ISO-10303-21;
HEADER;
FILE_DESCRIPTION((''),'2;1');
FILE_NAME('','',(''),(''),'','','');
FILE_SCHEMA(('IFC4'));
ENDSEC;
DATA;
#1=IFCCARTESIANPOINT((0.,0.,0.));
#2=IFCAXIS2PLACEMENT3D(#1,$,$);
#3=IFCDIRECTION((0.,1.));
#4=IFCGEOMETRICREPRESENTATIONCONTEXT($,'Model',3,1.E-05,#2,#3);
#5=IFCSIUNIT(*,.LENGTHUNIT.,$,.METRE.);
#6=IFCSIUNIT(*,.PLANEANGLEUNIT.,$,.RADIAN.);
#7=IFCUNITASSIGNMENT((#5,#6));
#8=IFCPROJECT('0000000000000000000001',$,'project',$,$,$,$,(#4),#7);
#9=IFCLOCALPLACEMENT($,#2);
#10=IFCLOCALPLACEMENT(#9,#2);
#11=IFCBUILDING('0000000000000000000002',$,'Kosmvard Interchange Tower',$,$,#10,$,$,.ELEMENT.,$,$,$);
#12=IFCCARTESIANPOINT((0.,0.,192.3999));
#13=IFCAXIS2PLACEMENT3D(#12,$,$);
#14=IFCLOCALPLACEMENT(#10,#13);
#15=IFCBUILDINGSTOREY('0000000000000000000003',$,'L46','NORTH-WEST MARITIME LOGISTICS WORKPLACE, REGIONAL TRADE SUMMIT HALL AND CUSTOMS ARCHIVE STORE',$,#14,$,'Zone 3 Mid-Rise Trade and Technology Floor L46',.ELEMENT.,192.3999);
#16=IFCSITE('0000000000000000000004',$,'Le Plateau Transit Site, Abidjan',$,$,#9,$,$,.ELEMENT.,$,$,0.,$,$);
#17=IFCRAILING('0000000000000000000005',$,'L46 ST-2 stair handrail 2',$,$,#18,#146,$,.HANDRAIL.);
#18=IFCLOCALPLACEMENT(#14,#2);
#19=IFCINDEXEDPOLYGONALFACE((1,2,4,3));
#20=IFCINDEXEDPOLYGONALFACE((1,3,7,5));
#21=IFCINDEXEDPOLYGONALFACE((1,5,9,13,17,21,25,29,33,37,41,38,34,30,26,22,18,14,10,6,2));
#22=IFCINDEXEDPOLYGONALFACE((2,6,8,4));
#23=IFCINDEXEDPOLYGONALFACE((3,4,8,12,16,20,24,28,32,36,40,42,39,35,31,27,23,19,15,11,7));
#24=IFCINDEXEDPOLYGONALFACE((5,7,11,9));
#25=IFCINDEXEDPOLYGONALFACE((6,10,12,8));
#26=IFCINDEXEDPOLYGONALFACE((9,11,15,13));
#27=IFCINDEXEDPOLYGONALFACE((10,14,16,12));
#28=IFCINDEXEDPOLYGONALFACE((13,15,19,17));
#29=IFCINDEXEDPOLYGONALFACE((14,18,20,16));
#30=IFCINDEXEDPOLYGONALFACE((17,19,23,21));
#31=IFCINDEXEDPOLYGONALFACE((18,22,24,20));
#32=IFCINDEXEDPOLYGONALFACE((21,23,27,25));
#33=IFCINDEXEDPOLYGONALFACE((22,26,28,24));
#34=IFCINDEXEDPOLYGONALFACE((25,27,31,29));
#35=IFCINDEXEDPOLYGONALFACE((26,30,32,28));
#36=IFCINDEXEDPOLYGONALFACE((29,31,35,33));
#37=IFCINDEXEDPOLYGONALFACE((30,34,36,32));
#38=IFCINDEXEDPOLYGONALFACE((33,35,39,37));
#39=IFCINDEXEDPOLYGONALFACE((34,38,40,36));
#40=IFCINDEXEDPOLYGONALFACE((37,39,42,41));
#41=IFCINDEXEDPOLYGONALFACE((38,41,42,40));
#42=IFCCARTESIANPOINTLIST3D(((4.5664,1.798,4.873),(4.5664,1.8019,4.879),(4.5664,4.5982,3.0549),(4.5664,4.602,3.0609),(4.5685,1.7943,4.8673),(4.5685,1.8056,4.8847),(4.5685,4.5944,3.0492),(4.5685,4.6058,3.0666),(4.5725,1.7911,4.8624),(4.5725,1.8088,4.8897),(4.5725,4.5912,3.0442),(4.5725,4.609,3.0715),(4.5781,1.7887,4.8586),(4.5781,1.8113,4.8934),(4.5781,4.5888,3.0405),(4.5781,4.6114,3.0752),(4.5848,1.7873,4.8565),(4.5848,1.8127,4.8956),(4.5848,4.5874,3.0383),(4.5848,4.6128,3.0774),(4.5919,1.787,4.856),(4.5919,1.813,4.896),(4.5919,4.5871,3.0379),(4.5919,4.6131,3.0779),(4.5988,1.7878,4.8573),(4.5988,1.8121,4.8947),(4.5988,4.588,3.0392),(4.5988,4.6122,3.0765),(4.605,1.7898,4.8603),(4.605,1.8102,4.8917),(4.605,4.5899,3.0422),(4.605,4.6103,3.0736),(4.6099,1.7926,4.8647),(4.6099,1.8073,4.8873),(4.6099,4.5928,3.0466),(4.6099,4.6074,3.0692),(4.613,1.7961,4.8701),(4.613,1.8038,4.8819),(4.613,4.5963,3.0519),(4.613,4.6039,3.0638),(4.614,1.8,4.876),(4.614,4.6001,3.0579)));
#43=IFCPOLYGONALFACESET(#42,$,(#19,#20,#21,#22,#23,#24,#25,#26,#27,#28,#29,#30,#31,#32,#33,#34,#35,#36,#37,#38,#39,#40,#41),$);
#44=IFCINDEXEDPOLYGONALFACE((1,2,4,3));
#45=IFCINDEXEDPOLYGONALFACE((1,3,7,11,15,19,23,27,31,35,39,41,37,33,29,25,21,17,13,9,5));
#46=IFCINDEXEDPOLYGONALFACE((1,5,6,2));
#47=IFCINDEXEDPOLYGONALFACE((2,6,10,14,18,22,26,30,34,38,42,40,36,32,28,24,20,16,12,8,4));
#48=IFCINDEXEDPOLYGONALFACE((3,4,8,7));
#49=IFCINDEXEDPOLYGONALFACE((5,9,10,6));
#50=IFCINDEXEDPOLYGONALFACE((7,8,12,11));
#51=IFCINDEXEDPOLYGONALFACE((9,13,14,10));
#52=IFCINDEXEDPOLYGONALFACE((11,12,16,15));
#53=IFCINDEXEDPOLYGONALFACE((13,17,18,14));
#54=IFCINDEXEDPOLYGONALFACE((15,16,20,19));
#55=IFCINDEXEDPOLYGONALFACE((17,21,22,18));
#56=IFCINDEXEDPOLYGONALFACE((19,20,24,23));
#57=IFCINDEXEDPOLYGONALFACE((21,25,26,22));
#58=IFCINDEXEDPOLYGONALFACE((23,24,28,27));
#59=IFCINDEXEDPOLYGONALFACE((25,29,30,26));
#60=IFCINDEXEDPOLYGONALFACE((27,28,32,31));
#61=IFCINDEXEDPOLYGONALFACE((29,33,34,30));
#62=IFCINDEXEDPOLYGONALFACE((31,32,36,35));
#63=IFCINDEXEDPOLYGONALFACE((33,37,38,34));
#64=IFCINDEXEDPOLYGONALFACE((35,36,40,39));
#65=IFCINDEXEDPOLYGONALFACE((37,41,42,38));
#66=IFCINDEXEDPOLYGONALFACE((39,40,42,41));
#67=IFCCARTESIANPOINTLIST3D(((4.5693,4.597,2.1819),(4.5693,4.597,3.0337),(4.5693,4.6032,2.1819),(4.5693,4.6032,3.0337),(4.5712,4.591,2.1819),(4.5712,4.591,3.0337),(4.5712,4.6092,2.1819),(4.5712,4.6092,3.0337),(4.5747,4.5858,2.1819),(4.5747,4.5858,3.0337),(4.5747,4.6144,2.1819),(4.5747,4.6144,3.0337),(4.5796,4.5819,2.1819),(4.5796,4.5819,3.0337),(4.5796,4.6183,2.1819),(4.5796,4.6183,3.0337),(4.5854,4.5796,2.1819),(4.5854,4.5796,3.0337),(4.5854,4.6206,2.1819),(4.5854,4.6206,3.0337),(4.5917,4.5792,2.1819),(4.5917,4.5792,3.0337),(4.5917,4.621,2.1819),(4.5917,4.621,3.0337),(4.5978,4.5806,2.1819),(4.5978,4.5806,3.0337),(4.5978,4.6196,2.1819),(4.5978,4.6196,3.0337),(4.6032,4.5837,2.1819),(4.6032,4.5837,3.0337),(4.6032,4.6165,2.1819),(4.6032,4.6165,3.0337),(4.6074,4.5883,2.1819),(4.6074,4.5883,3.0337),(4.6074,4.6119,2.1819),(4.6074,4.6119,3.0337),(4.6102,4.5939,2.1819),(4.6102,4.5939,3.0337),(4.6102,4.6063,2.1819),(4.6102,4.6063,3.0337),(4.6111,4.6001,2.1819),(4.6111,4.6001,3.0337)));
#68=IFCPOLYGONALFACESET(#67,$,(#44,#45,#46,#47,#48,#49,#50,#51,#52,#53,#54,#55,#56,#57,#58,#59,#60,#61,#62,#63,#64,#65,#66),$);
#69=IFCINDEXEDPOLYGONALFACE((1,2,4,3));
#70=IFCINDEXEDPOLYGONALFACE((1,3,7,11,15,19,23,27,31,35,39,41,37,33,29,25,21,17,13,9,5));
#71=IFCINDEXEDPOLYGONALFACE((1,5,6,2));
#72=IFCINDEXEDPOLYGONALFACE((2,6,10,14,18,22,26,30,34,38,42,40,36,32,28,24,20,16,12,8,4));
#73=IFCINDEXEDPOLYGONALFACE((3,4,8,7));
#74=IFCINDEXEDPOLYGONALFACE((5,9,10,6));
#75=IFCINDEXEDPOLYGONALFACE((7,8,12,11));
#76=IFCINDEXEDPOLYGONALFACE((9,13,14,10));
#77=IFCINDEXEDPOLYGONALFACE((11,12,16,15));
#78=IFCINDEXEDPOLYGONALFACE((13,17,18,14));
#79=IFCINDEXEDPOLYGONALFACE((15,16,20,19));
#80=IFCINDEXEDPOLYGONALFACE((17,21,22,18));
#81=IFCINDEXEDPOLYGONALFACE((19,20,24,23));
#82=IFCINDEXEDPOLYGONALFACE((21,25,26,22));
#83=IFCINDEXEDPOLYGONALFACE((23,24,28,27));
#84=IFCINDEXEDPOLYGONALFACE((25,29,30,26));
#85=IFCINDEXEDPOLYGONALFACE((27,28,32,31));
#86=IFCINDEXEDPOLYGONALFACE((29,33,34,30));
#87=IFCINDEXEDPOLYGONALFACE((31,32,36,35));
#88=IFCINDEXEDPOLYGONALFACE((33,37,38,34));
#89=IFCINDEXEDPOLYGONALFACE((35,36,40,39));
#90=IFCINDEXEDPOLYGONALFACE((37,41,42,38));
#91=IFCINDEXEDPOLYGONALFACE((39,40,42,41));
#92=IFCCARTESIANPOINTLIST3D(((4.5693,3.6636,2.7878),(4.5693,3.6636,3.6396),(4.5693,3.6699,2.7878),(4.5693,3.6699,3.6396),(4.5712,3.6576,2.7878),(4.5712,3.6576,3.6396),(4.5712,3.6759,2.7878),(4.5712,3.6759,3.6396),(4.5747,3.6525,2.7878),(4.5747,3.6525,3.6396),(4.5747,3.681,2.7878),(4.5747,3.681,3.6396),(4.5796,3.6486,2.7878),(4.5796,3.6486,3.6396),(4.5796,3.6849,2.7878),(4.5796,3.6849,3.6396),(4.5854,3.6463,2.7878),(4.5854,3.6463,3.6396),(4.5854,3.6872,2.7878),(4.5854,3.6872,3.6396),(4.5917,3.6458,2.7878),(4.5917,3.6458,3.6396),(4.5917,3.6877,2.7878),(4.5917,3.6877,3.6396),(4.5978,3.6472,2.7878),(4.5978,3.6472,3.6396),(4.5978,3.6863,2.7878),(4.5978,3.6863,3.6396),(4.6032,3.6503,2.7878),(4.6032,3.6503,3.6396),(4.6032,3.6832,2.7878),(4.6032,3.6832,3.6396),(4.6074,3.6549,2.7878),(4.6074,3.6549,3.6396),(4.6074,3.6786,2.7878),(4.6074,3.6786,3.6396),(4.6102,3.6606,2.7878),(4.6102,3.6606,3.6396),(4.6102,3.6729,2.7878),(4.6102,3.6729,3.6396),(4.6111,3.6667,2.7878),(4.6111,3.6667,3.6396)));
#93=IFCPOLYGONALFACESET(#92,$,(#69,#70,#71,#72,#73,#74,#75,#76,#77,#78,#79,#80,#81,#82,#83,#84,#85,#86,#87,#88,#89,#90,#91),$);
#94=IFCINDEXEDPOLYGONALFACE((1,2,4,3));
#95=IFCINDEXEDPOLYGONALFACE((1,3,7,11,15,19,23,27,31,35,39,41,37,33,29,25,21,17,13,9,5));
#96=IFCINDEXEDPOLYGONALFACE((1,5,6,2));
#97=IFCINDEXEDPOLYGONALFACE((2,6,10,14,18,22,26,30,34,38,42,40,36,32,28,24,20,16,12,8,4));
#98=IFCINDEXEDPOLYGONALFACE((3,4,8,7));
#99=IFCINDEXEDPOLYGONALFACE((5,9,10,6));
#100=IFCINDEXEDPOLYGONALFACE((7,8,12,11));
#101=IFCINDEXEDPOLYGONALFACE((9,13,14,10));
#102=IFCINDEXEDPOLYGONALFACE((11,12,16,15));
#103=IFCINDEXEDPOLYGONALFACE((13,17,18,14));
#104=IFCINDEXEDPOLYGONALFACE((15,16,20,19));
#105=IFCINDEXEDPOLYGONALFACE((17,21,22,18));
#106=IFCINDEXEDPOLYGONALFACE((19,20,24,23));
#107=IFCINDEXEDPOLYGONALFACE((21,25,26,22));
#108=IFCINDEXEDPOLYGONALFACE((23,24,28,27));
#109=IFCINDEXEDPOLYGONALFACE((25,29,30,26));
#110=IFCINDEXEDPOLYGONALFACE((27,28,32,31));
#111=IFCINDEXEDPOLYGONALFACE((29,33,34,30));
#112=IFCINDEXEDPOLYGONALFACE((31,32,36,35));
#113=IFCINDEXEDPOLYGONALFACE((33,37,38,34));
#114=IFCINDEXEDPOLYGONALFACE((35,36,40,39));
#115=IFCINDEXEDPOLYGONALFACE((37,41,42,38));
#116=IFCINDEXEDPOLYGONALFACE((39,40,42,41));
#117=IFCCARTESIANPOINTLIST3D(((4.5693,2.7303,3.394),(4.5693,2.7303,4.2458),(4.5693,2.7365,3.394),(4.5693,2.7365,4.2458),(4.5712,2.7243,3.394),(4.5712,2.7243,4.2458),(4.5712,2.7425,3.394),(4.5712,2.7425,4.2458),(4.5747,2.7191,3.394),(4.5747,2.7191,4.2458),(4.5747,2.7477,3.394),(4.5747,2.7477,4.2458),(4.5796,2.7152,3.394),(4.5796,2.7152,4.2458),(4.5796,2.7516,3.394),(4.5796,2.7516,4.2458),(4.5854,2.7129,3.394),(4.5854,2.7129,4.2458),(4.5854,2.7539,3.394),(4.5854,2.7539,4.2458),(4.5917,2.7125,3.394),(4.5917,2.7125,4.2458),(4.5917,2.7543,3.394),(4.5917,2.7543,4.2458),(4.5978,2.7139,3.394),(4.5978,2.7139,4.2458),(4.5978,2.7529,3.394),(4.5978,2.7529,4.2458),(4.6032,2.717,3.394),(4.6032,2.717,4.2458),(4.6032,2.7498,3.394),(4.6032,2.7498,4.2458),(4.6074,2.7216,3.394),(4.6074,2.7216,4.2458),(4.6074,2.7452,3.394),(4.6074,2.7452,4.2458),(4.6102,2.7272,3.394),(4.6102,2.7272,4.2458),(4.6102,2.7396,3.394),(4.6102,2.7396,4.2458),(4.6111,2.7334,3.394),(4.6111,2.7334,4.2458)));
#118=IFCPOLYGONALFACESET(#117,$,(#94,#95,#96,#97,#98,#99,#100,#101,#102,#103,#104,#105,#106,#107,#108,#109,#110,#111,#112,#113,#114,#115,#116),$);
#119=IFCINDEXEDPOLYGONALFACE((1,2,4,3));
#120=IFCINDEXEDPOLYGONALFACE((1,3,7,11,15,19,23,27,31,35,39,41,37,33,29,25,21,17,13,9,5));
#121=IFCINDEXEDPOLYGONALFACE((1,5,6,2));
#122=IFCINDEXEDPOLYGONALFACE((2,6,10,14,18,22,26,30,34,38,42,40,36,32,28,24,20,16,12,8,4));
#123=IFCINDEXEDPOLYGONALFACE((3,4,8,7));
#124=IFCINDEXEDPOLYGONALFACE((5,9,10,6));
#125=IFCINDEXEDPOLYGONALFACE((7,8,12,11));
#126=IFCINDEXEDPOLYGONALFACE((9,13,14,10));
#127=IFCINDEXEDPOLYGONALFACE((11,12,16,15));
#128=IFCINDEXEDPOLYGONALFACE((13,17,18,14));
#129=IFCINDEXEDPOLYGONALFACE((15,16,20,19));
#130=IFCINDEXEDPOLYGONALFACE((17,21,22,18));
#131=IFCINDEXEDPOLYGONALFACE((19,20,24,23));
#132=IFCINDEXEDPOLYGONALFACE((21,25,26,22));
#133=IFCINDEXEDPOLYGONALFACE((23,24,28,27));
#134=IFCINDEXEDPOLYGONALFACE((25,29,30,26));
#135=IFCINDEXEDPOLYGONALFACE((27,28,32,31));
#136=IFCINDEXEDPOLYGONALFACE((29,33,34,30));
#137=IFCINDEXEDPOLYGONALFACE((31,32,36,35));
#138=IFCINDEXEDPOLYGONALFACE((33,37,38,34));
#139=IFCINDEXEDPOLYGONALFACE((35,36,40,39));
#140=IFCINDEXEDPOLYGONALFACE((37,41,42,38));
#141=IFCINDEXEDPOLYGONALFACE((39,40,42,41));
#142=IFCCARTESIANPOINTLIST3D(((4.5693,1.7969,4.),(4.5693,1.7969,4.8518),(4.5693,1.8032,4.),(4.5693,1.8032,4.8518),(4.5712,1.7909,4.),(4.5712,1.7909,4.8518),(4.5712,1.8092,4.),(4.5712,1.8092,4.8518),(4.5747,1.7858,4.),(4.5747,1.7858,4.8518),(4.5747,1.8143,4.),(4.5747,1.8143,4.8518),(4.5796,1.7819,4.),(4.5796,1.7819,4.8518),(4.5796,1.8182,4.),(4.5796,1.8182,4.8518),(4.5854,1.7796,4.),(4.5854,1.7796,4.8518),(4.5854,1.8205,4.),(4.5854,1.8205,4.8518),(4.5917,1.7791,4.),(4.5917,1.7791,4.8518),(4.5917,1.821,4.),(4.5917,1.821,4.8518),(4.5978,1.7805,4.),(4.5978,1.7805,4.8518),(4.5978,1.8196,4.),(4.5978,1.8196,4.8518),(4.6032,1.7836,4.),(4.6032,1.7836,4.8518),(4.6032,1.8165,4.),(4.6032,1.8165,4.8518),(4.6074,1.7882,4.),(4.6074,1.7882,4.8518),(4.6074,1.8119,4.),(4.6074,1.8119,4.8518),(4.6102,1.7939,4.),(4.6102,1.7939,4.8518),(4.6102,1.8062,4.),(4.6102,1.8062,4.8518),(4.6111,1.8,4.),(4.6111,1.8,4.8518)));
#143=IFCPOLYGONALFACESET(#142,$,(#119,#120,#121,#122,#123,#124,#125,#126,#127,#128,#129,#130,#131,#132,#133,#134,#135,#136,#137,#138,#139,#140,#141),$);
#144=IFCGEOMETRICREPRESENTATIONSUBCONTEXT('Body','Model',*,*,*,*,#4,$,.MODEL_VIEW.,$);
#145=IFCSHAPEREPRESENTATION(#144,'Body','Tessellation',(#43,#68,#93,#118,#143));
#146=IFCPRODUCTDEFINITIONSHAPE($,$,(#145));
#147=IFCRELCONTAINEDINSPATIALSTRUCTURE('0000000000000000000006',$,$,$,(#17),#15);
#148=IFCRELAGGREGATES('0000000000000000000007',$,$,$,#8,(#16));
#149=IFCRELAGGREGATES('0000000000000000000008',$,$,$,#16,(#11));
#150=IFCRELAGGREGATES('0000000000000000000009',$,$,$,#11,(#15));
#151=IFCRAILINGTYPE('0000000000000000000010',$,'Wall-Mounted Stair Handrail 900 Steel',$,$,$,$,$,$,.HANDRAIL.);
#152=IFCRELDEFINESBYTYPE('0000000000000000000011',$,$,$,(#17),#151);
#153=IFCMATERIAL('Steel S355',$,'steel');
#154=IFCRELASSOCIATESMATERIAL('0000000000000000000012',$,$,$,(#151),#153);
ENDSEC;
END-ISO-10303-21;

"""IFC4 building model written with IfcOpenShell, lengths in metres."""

from ifc_helpers import new_model, si_unit, direction, frame, origin, origin_2d, place, context, subcontext, project, spatial, circle, extrude, source, transform, mapped, material, type_object, element, save


model = new_model("IFC4")

# Units and contexts
model_context = context("Model", 3, precision=1e-05, world=origin(), true_north=direction((0.0, 1.0)))
body_context = subcontext(model_context, "Body", "Model", "MODEL_VIEW")
ifc_project = project(units=[si_unit("LENGTHUNIT", "METRE"), si_unit("PLANEANGLEUNIT", "RADIAN")], contexts=[model_context])

# Site, building, storey
site_placement = place(None, origin())
site = spatial("IfcSite", under=ifc_project, at=site_placement, Name="Le Plateau Transit Site, Abidjan", CompositionType="ELEMENT", RefElevation=0.0)
building_placement = place(site_placement, origin())
building = spatial("IfcBuilding", under=site, at=building_placement, Name="Kosmvard Interchange Tower", CompositionType="ELEMENT")
storey_placement = place(building_placement, frame((0.0, 0.0, 192.3999)))
storey = spatial("IfcBuildingStorey", under=building, at=storey_placement, Name="L46", Description="NORTH-WEST MARITIME LOGISTICS WORKPLACE, REGIONAL TRADE SUMMIT HALL AND CUSTOMS ARCHIVE STORE", LongName="Zone 3 Mid-Rise Trade and Technology Floor L46", CompositionType="ELEMENT", Elevation=192.3999)

# Shared definitions
ifc_material_1 = material(Name="Steel S355", Category="steel")

# Railing
railing_type_1 = type_object("IfcRailingType", Name="Wall-Mounted Stair Handrail 900 Steel", PredefinedType="HANDRAIL", material=ifc_material_1)
shared_shape_1 = source(origin(), body_context, "Body", "SweptSolid", [
    extrude(circle(Radius=0.0239, at=origin_2d()), frame((0.0, 0.0, 0.876), z_axis=(0.0, -0.838706, 0.544585), x_axis=(1.0, 0.0, 0.0)), (0.0, 0.0, 1.0), 3.3386),
    extrude(circle(Radius=0.021, at=origin_2d()), origin(), (0.0, 0.0, 1.0), 0.8518),
    extrude(circle(Radius=0.021, at=origin_2d()), frame((0.0, -0.9333, 0.606)), (0.0, 0.0, 1.0), 0.8518),
    extrude(circle(Radius=0.021, at=origin_2d()), frame((0.0, -1.8667, 1.2122)), (0.0, 0.0, 1.0), 0.8518),
    extrude(circle(Radius=0.021, at=origin_2d()), frame((0.0, -2.8, 1.8181)), (0.0, 0.0, 1.0), 0.8518),
])
railing_1_placement = place(storey_placement, frame((4.5901, 4.6001, 2.1819)))
element("IfcRailing", 1, at=railing_1_placement, inside=storey, type_object=railing_type_1, Name="L46 ST-2 stair handrail 2", PredefinedType="HANDRAIL", context=body_context, shape_type="MappedRepresentation", body=[
    mapped(shared_shape_1, transform((0.0, 0.0, 0.0), scale=1.0)),
])

save(model, "model.ifc")
